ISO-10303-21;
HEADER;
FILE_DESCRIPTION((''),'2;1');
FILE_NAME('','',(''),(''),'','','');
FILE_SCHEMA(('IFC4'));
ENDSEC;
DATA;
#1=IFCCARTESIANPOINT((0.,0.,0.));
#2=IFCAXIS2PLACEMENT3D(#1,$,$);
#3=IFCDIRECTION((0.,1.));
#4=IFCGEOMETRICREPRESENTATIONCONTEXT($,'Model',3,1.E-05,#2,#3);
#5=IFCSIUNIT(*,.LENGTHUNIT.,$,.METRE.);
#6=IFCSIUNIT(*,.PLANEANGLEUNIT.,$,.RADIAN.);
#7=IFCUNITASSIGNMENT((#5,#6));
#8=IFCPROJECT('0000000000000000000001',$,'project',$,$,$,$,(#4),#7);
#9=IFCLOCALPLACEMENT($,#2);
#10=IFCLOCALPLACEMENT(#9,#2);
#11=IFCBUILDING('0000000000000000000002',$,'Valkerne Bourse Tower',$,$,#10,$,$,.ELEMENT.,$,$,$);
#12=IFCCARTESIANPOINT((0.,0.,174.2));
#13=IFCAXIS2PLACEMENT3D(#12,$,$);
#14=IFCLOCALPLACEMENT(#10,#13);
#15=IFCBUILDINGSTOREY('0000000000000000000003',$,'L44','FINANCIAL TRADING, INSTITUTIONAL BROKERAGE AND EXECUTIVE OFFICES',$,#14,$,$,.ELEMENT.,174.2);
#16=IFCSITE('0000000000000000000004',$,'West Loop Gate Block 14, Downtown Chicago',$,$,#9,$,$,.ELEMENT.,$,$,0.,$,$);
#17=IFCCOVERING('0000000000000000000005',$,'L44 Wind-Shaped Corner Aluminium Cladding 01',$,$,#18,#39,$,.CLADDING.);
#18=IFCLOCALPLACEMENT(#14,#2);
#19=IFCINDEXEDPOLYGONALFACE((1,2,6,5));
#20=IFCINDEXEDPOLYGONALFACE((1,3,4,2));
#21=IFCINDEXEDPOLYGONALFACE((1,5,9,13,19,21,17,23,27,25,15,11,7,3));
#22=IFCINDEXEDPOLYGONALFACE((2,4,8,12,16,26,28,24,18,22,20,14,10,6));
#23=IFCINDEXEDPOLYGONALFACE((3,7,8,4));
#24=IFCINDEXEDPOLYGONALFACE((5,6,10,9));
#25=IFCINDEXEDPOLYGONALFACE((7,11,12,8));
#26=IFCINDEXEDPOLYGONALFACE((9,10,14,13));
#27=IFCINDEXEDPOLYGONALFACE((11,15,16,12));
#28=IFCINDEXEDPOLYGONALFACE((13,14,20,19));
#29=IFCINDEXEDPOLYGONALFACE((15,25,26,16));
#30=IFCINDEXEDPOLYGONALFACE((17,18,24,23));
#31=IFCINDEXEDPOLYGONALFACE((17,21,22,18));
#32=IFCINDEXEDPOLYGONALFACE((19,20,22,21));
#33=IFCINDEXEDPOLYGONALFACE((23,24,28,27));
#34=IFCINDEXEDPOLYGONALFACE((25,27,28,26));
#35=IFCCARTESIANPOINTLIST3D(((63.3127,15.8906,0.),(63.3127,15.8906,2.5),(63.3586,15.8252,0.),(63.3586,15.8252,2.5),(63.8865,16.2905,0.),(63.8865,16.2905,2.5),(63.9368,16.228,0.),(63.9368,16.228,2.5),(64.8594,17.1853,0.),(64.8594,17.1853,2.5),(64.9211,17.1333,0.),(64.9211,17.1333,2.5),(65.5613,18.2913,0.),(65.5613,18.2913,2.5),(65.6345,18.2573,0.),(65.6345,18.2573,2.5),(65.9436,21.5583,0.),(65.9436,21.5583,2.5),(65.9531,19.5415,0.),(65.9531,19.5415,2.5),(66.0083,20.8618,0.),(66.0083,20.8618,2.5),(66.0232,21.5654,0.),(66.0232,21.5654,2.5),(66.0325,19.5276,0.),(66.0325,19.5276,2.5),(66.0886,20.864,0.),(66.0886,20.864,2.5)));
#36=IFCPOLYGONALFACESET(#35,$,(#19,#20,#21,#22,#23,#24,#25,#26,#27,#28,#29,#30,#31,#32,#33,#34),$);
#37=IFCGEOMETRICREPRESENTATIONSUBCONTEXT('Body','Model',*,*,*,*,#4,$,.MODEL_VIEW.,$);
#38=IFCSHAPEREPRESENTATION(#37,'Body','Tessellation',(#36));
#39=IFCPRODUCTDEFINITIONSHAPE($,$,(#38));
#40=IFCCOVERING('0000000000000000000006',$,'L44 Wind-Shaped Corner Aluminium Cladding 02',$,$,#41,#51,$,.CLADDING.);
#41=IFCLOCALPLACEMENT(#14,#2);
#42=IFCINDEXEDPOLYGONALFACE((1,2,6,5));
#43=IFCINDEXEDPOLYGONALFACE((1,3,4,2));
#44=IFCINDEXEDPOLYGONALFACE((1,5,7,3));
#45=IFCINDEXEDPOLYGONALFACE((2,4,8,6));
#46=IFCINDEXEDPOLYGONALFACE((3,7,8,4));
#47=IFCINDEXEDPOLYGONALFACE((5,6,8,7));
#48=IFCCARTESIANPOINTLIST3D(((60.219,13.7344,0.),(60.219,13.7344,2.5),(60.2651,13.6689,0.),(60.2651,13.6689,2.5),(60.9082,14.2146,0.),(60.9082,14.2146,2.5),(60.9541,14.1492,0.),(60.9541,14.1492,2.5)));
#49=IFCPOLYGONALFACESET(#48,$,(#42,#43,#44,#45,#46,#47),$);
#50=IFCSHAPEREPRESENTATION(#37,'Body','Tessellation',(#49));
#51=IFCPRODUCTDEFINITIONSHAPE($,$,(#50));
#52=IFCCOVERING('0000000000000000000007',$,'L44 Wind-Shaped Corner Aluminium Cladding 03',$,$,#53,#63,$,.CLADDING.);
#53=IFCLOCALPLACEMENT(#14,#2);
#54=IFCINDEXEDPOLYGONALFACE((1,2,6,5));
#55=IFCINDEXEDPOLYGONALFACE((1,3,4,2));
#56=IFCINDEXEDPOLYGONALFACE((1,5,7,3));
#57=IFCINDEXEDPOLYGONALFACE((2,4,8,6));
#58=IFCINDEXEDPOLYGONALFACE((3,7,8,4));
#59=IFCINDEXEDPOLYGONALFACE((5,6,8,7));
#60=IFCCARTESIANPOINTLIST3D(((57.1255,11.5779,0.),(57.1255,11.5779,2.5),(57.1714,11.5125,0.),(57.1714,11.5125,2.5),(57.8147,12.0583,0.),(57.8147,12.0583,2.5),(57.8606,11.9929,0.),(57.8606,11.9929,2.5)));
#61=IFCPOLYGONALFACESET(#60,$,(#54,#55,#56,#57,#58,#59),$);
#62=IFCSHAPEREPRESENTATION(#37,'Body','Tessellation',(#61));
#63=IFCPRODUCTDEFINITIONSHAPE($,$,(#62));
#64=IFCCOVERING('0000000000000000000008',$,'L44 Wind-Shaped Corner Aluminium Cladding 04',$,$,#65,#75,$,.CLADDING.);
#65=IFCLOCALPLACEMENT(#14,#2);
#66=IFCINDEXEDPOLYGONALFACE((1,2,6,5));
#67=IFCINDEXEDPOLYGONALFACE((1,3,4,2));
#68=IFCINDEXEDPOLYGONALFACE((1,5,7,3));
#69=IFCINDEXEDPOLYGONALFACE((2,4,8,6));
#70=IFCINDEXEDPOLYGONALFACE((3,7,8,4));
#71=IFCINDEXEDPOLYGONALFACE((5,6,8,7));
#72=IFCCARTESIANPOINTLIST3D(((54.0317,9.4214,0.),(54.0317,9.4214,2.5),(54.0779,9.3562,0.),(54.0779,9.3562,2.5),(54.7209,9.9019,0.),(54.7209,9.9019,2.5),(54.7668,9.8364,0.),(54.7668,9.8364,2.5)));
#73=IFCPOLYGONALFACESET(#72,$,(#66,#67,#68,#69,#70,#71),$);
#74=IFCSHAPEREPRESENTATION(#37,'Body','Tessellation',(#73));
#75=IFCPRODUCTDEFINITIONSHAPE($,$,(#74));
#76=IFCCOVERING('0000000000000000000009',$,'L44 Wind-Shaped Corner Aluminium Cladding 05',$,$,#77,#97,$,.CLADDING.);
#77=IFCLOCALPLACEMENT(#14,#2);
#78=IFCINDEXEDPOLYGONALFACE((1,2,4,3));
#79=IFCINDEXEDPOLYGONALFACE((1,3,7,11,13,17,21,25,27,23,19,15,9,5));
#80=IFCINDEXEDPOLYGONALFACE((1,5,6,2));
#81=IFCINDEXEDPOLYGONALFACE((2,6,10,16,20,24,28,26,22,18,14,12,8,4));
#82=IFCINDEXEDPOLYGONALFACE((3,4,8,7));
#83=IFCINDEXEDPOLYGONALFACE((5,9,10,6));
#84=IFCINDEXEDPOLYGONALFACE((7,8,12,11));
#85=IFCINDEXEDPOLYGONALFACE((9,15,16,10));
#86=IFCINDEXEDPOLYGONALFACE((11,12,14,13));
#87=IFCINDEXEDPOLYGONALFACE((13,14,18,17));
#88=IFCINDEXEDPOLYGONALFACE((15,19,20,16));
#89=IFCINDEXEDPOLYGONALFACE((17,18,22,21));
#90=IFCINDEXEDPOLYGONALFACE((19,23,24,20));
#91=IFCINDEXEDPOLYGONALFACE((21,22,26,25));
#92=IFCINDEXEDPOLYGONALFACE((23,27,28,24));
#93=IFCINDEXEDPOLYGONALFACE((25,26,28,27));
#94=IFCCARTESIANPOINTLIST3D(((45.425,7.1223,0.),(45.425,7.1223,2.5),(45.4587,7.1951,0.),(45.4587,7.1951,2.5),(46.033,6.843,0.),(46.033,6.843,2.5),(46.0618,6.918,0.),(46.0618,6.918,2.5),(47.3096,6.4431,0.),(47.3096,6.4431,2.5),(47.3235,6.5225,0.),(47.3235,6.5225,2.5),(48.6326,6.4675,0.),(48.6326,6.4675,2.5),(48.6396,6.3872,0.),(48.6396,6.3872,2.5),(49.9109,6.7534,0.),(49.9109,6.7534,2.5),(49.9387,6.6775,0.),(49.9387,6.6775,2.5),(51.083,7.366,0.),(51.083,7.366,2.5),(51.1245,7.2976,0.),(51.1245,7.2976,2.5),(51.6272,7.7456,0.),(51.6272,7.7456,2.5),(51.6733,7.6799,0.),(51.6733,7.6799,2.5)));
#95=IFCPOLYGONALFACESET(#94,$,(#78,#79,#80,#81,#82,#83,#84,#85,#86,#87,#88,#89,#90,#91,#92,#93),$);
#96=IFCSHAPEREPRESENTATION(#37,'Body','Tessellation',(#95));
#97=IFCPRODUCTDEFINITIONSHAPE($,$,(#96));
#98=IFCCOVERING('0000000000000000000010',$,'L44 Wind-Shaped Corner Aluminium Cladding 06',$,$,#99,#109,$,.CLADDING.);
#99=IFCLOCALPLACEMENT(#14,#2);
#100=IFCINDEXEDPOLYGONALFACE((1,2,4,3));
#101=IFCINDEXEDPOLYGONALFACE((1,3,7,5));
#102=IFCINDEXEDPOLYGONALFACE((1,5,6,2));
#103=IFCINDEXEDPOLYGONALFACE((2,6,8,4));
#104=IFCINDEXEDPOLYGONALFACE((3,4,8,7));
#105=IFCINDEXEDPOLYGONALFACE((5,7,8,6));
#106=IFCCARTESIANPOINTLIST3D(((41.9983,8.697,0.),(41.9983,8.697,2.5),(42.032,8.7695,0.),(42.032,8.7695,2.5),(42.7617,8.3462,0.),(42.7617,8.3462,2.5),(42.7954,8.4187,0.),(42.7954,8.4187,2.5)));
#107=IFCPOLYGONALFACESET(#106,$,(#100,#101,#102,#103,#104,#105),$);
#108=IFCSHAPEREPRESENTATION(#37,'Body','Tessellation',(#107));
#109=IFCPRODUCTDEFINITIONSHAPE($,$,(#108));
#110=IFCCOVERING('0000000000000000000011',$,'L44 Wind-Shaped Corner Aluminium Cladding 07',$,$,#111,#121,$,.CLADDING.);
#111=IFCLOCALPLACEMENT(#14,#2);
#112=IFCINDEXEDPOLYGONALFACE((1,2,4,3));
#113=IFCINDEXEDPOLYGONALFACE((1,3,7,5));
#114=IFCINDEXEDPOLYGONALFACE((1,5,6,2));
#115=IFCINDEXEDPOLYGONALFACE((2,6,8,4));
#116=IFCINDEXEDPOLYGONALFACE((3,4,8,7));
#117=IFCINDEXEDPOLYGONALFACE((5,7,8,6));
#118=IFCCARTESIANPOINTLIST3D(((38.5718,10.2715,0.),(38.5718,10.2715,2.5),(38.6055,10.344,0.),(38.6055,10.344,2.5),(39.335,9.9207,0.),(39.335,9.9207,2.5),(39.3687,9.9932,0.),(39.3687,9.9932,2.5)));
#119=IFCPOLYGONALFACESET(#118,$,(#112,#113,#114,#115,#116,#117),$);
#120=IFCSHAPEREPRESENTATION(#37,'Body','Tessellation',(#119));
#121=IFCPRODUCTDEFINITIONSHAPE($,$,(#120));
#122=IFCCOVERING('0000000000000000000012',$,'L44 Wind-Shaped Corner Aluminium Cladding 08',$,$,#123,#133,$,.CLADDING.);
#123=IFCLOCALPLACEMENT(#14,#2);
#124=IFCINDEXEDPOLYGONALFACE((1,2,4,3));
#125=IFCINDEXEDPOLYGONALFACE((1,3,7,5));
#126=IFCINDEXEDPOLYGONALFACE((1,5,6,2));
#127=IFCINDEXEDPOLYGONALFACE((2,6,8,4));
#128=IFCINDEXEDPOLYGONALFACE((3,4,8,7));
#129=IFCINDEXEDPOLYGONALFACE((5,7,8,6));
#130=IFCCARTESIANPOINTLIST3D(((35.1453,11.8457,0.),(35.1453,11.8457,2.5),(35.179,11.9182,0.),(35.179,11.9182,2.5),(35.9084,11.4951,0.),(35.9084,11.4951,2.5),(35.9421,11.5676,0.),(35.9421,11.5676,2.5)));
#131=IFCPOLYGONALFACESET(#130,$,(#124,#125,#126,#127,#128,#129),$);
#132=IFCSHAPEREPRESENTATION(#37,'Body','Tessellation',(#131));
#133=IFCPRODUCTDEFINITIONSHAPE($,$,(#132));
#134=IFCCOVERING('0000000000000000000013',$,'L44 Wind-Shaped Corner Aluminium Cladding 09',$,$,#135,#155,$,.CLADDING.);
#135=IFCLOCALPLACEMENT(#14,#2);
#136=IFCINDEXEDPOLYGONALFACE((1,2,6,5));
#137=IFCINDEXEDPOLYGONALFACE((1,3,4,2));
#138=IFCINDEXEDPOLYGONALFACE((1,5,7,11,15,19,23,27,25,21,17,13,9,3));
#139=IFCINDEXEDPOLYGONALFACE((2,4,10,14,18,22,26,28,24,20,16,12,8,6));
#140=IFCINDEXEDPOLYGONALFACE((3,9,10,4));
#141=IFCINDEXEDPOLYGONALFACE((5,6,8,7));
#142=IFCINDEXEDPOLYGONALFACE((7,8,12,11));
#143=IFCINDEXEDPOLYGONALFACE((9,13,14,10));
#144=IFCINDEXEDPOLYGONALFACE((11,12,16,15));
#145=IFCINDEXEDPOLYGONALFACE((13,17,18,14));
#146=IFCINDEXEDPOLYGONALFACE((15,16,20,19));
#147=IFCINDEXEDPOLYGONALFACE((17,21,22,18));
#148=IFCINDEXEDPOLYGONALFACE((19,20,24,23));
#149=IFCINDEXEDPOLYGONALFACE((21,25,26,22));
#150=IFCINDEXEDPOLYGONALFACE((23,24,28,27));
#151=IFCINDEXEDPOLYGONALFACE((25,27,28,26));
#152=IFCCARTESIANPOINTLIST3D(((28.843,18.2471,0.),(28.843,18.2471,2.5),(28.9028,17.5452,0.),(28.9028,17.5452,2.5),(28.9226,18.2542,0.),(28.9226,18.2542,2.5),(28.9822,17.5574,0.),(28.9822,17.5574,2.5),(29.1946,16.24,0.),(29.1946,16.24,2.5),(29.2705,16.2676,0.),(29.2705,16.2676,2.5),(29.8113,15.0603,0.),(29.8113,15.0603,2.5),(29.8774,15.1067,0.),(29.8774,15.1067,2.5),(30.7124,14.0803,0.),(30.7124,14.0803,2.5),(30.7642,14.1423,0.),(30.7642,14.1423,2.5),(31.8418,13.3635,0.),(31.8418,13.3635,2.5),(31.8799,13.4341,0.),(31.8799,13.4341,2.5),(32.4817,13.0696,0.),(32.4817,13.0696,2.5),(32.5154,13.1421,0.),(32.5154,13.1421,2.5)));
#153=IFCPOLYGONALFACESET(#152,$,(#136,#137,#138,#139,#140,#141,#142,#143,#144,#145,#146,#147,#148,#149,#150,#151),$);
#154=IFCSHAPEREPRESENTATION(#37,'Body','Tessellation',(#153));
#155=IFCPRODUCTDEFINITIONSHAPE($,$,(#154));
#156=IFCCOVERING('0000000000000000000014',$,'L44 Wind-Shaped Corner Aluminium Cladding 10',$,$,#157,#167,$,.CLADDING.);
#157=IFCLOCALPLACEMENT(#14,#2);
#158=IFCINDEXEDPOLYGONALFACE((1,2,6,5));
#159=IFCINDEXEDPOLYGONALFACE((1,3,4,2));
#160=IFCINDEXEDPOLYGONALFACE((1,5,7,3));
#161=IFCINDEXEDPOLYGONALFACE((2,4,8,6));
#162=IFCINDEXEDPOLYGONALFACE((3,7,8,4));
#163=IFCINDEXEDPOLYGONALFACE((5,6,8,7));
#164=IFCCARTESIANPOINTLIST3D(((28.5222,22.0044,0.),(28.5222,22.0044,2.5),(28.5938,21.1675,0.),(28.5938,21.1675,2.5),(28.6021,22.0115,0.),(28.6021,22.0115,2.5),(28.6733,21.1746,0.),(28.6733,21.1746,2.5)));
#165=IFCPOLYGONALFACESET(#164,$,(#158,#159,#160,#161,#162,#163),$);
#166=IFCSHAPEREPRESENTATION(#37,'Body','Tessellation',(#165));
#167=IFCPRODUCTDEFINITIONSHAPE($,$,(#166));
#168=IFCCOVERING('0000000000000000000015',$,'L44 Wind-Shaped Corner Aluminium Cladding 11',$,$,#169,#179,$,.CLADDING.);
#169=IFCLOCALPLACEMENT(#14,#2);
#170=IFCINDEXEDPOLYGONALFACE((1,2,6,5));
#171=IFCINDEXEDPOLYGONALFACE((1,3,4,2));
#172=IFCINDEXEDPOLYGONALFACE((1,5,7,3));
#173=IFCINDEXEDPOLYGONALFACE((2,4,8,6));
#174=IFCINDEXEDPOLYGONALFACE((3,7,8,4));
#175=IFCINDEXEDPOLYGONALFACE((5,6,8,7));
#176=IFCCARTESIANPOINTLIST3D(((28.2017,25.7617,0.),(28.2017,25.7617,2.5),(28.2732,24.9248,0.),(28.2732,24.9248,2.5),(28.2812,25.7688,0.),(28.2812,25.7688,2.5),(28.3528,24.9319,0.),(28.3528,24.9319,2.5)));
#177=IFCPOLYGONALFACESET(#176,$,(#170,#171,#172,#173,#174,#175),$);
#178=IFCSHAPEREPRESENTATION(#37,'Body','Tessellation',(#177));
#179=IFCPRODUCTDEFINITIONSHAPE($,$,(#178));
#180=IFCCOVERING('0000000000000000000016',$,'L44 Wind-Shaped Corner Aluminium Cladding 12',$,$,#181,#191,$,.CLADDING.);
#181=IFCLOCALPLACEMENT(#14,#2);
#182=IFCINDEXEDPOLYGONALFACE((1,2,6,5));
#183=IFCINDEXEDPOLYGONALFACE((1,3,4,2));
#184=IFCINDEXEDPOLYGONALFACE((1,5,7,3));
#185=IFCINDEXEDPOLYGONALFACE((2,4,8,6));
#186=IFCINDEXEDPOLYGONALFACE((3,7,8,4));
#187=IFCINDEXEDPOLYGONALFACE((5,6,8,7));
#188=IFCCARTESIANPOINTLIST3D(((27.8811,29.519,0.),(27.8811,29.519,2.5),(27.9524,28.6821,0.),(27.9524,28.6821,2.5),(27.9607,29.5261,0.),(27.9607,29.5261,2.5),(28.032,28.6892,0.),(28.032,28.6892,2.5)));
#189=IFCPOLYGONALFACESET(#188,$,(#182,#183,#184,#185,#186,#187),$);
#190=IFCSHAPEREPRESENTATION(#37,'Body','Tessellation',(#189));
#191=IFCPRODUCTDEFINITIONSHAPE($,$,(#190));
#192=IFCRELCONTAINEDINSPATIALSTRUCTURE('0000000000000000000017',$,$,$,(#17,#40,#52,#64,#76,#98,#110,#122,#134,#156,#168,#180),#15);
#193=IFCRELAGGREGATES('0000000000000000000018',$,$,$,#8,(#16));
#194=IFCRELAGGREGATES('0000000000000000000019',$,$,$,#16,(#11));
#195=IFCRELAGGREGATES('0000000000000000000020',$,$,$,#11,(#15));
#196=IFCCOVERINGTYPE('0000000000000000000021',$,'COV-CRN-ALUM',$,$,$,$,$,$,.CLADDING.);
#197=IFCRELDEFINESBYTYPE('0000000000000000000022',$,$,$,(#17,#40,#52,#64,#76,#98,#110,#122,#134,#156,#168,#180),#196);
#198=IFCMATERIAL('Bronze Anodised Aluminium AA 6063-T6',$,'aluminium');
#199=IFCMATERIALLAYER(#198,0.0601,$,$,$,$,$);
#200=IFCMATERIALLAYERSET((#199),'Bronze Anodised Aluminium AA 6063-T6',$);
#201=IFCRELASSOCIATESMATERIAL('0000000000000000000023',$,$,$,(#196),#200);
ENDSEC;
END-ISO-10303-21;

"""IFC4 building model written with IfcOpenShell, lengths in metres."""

from ifc_helpers import new_model, si_unit, direction, frame, origin, place, context, subcontext, project, spatial, polyline, outline, extrude, material, layer, layer_set, type_object, element, save


model = new_model("IFC4")

# Units and contexts
model_context = context("Model", 3, precision=1e-05, world=origin(), true_north=direction((0.0, 1.0)))
body_context = subcontext(model_context, "Body", "Model", "MODEL_VIEW")
ifc_project = project(units=[si_unit("LENGTHUNIT", "METRE"), si_unit("PLANEANGLEUNIT", "RADIAN")], contexts=[model_context])

# Site, building, storey
site_placement = place(None, origin())
site = spatial("IfcSite", under=ifc_project, at=site_placement, Name="West Loop Gate Block 14, Downtown Chicago", CompositionType="ELEMENT", RefElevation=0.0)
building_placement = place(site_placement, origin())
building = spatial("IfcBuilding", under=site, at=building_placement, Name="Valkerne Bourse Tower", CompositionType="ELEMENT")
storey_placement = place(building_placement, frame((0.0, 0.0, 174.2)))
storey = spatial("IfcBuildingStorey", under=building, at=storey_placement, Name="L44", Description="FINANCIAL TRADING, INSTITUTIONAL BROKERAGE AND EXECUTIVE OFFICES", CompositionType="ELEMENT", Elevation=174.2)

# Coverings
ifc_material_1 = material(Name="Bronze Anodised Aluminium AA 6063-T6", Category="aluminium")
ifc_layer_1 = layer(ifc_material_1, 0.0601)
ifc_layer_set_1 = layer_set([ifc_layer_1], Name="Bronze Anodised Aluminium AA 6063-T6")
covering_type = type_object("IfcCoveringType", Name="COV-CRN-ALUM", PredefinedType="CLADDING", material=ifc_layer_set_1)
covering_1_placement = place(storey_placement, origin())
element("IfcCovering", 1, at=covering_1_placement, inside=storey, type_object=covering_type, Name="L44 Wind-Shaped Corner Aluminium Cladding 01", PredefinedType="CLADDING", context=body_context, shape_type="SweptSolid", body=[
    extrude(outline(polyline([(66.0325, 19.5276), (65.6345, 18.2573), (64.9211, 17.1333), (63.9368, 16.228), (63.3586, 15.8252), (63.3127, 15.8906), (63.8865, 16.2905), (64.8594, 17.1853), (65.5613, 18.2913), (65.9531, 19.5415), (66.0083, 20.8618), (65.9436, 21.5583), (66.0232, 21.5654), (66.0886, 20.864), (66.0325, 19.5276)])), origin(), (0.0, 0.0, 1.0), 2.5),
])
covering_2_placement = place(storey_placement, origin())
element("IfcCovering", 2, at=covering_2_placement, inside=storey, type_object=covering_type, Name="L44 Wind-Shaped Corner Aluminium Cladding 02", PredefinedType="CLADDING", context=body_context, shape_type="SweptSolid", body=[
    extrude(outline(polyline([(60.2651, 13.6689), (60.219, 13.7344), (60.9082, 14.2146), (60.9541, 14.1492), (60.2651, 13.6689)])), origin(), (0.0, 0.0, 1.0), 2.5),
])
covering_3_placement = place(storey_placement, origin())
element("IfcCovering", 3, at=covering_3_placement, inside=storey, type_object=covering_type, Name="L44 Wind-Shaped Corner Aluminium Cladding 03", PredefinedType="CLADDING", context=body_context, shape_type="SweptSolid", body=[
    extrude(outline(polyline([(57.1714, 11.5125), (57.1255, 11.5779), (57.8147, 12.0583), (57.8606, 11.9929), (57.1714, 11.5125)])), origin(), (0.0, 0.0, 1.0), 2.5),
])
covering_4_placement = place(storey_placement, origin())
element("IfcCovering", 4, at=covering_4_placement, inside=storey, type_object=covering_type, Name="L44 Wind-Shaped Corner Aluminium Cladding 04", PredefinedType="CLADDING", context=body_context, shape_type="SweptSolid", body=[
    extrude(outline(polyline([(54.0779, 9.3562), (54.0317, 9.4214), (54.7209, 9.9019), (54.7668, 9.8364), (54.0779, 9.3562)])), origin(), (0.0, 0.0, 1.0), 2.5),
])
covering_5_placement = place(storey_placement, origin())
element("IfcCovering", 5, at=covering_5_placement, inside=storey, type_object=covering_type, Name="L44 Wind-Shaped Corner Aluminium Cladding 05", PredefinedType="CLADDING", context=body_context, shape_type="SweptSolid", body=[
    extrude(outline(polyline([(51.1245, 7.2976), (49.9387, 6.6775), (48.6396, 6.3872), (47.3096, 6.4431), (46.033, 6.843), (45.425, 7.1223), (45.4587, 7.1951), (46.0618, 6.918), (47.3235, 6.5225), (48.6326, 6.4675), (49.9109, 6.7534), (51.083, 7.366), (51.6272, 7.7456), (51.6733, 7.6799), (51.1245, 7.2976)])), origin(), (0.0, 0.0, 1.0), 2.5),
])
covering_6_placement = place(storey_placement, origin())
element("IfcCovering", 6, at=covering_6_placement, inside=storey, type_object=covering_type, Name="L44 Wind-Shaped Corner Aluminium Cladding 06", PredefinedType="CLADDING", context=body_context, shape_type="SweptSolid", body=[
    extrude(outline(polyline([(41.9983, 8.697), (42.032, 8.7695), (42.7954, 8.4187), (42.7617, 8.3462), (41.9983, 8.697)])), origin(), (0.0, 0.0, 1.0), 2.5),
])
covering_7_placement = place(storey_placement, origin())
element("IfcCovering", 7, at=covering_7_placement, inside=storey, type_object=covering_type, Name="L44 Wind-Shaped Corner Aluminium Cladding 07", PredefinedType="CLADDING", context=body_context, shape_type="SweptSolid", body=[
    extrude(outline(polyline([(38.5718, 10.2715), (38.6055, 10.344), (39.3687, 9.9932), (39.335, 9.9207), (38.5718, 10.2715)])), origin(), (0.0, 0.0, 1.0), 2.5),
])
covering_8_placement = place(storey_placement, origin())
element("IfcCovering", 8, at=covering_8_placement, inside=storey, type_object=covering_type, Name="L44 Wind-Shaped Corner Aluminium Cladding 08", PredefinedType="CLADDING", context=body_context, shape_type="SweptSolid", body=[
    extrude(outline(polyline([(35.1453, 11.8457), (35.179, 11.9182), (35.9421, 11.5676), (35.9084, 11.4951), (35.1453, 11.8457)])), origin(), (0.0, 0.0, 1.0), 2.5),
])
covering_9_placement = place(storey_placement, origin())
element("IfcCovering", 9, at=covering_9_placement, inside=storey, type_object=covering_type, Name="L44 Wind-Shaped Corner Aluminium Cladding 09", PredefinedType="CLADDING", context=body_context, shape_type="SweptSolid", body=[
    extrude(outline(polyline([(31.8418, 13.3635), (30.7124, 14.0803), (29.8113, 15.0603), (29.1946, 16.24), (28.9028, 17.5452), (28.843, 18.2471), (28.9226, 18.2542), (28.9822, 17.5574), (29.2705, 16.2676), (29.8774, 15.1067), (30.7642, 14.1423), (31.8799, 13.4341), (32.5154, 13.1421), (32.4817, 13.0696), (31.8418, 13.3635)])), origin(), (0.0, 0.0, 1.0), 2.5),
])
covering_10_placement = place(storey_placement, origin())
element("IfcCovering", 10, at=covering_10_placement, inside=storey, type_object=covering_type, Name="L44 Wind-Shaped Corner Aluminium Cladding 10", PredefinedType="CLADDING", context=body_context, shape_type="SweptSolid", body=[
    extrude(outline(polyline([(28.5222, 22.0044), (28.6021, 22.0115), (28.6733, 21.1746), (28.5938, 21.1675), (28.5222, 22.0044)])), origin(), (0.0, 0.0, 1.0), 2.5),
])
covering_11_placement = place(storey_placement, origin())
element("IfcCovering", 11, at=covering_11_placement, inside=storey, type_object=covering_type, Name="L44 Wind-Shaped Corner Aluminium Cladding 11", PredefinedType="CLADDING", context=body_context, shape_type="SweptSolid", body=[
    extrude(outline(polyline([(28.2017, 25.7617), (28.2812, 25.7688), (28.3528, 24.9319), (28.2732, 24.9248), (28.2017, 25.7617)])), origin(), (0.0, 0.0, 1.0), 2.5),
])
covering_12_placement = place(storey_placement, origin())
element("IfcCovering", 12, at=covering_12_placement, inside=storey, type_object=covering_type, Name="L44 Wind-Shaped Corner Aluminium Cladding 12", PredefinedType="CLADDING", context=body_context, shape_type="SweptSolid", body=[
    extrude(outline(polyline([(27.8811, 29.519), (27.9607, 29.5261), (28.032, 28.6892), (27.9524, 28.6821), (27.8811, 29.519)])), origin(), (0.0, 0.0, 1.0), 2.5),
])

save(model, "model.ifc")
